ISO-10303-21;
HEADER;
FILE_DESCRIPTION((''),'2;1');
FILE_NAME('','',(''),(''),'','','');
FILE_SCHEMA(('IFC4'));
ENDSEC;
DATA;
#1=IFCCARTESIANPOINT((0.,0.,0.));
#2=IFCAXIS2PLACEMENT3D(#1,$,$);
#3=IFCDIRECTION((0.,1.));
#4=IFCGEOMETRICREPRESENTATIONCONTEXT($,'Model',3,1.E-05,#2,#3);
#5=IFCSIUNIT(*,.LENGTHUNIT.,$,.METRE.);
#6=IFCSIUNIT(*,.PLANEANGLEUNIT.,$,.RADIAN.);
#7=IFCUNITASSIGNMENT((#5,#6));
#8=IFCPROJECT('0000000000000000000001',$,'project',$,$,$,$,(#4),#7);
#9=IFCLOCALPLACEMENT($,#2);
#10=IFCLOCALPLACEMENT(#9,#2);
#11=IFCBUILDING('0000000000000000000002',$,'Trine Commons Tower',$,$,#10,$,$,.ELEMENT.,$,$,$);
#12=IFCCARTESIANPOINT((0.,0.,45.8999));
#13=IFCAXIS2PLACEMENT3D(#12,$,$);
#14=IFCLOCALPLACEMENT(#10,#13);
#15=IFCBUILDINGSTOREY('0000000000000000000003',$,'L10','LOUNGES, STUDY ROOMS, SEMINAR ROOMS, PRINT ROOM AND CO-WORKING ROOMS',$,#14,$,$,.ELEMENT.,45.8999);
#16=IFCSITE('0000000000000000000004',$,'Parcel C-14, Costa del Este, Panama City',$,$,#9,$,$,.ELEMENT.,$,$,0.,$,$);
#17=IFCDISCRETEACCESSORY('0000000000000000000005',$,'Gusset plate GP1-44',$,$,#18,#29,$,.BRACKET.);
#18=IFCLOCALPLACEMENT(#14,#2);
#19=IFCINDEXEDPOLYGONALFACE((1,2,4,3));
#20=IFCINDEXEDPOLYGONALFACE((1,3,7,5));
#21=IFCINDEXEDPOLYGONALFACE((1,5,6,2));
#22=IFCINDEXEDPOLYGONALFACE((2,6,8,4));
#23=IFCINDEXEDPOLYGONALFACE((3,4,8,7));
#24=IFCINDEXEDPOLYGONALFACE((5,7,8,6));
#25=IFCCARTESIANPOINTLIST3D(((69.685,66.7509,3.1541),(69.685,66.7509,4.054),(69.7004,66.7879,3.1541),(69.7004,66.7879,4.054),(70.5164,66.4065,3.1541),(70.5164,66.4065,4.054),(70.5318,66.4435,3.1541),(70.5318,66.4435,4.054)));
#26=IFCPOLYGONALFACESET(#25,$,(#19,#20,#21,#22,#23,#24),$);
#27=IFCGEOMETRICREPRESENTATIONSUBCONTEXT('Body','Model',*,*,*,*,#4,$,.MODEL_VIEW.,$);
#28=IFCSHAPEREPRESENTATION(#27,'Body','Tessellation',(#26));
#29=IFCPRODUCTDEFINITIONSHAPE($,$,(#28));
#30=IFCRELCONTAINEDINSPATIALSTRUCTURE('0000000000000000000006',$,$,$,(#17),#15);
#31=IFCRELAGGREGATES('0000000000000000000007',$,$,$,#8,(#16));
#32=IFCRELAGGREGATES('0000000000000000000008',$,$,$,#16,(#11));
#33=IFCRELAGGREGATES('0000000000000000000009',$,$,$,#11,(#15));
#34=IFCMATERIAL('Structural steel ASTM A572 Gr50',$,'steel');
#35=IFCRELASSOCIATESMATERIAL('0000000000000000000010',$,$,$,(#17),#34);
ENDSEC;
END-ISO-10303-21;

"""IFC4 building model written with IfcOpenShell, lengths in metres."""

from ifc_helpers import new_model, si_unit, direction, frame, origin, origin_2d, place, context, subcontext, project, spatial, rectangle, extrude, material, element, save


model = new_model("IFC4")

# Units and contexts
model_context = context("Model", 3, precision=1e-05, world=origin(), true_north=direction((0.0, 1.0)))
body_context = subcontext(model_context, "Body", "Model", "MODEL_VIEW")
ifc_project = project(units=[si_unit("LENGTHUNIT", "METRE"), si_unit("PLANEANGLEUNIT", "RADIAN")], contexts=[model_context])

# Site, building, storey
site_placement = place(None, origin())
site = spatial("IfcSite", under=ifc_project, at=site_placement, Name="Parcel C-14, Costa del Este, Panama City", CompositionType="ELEMENT", RefElevation=0.0)
building_placement = place(site_placement, origin())
building = spatial("IfcBuilding", under=site, at=building_placement, Name="Trine Commons Tower", CompositionType="ELEMENT")
storey_placement = place(building_placement, frame((0.0, 0.0, 45.8999)))
storey = spatial("IfcBuildingStorey", under=building, at=storey_placement, Name="L10", Description="LOUNGES, STUDY ROOMS, SEMINAR ROOMS, PRINT ROOM AND CO-WORKING ROOMS", CompositionType="ELEMENT", Elevation=45.8999)

# Discrete accessory
ifc_material_1 = material(Name="Structural steel ASTM A572 Gr50", Category="steel")
discrete_accessory_placement = place(storey_placement, frame((70.1084, 66.5972, 3.1541), z_axis=(0.0, 0.0, 1.0), x_axis=(-0.92388, 0.382683, 0.0)))
element("IfcDiscreteAccessory", 1, at=discrete_accessory_placement, inside=storey, material=ifc_material_1, Name="Gusset plate GP1-44", PredefinedType="BRACKET", context=body_context, shape_type="SweptSolid", body=[
    extrude(rectangle(XDim=0.8999, YDim=0.04, at=origin_2d()), origin(), (0.0, 0.0, 1.0), 0.8999),
])

save(model, "model.ifc")
